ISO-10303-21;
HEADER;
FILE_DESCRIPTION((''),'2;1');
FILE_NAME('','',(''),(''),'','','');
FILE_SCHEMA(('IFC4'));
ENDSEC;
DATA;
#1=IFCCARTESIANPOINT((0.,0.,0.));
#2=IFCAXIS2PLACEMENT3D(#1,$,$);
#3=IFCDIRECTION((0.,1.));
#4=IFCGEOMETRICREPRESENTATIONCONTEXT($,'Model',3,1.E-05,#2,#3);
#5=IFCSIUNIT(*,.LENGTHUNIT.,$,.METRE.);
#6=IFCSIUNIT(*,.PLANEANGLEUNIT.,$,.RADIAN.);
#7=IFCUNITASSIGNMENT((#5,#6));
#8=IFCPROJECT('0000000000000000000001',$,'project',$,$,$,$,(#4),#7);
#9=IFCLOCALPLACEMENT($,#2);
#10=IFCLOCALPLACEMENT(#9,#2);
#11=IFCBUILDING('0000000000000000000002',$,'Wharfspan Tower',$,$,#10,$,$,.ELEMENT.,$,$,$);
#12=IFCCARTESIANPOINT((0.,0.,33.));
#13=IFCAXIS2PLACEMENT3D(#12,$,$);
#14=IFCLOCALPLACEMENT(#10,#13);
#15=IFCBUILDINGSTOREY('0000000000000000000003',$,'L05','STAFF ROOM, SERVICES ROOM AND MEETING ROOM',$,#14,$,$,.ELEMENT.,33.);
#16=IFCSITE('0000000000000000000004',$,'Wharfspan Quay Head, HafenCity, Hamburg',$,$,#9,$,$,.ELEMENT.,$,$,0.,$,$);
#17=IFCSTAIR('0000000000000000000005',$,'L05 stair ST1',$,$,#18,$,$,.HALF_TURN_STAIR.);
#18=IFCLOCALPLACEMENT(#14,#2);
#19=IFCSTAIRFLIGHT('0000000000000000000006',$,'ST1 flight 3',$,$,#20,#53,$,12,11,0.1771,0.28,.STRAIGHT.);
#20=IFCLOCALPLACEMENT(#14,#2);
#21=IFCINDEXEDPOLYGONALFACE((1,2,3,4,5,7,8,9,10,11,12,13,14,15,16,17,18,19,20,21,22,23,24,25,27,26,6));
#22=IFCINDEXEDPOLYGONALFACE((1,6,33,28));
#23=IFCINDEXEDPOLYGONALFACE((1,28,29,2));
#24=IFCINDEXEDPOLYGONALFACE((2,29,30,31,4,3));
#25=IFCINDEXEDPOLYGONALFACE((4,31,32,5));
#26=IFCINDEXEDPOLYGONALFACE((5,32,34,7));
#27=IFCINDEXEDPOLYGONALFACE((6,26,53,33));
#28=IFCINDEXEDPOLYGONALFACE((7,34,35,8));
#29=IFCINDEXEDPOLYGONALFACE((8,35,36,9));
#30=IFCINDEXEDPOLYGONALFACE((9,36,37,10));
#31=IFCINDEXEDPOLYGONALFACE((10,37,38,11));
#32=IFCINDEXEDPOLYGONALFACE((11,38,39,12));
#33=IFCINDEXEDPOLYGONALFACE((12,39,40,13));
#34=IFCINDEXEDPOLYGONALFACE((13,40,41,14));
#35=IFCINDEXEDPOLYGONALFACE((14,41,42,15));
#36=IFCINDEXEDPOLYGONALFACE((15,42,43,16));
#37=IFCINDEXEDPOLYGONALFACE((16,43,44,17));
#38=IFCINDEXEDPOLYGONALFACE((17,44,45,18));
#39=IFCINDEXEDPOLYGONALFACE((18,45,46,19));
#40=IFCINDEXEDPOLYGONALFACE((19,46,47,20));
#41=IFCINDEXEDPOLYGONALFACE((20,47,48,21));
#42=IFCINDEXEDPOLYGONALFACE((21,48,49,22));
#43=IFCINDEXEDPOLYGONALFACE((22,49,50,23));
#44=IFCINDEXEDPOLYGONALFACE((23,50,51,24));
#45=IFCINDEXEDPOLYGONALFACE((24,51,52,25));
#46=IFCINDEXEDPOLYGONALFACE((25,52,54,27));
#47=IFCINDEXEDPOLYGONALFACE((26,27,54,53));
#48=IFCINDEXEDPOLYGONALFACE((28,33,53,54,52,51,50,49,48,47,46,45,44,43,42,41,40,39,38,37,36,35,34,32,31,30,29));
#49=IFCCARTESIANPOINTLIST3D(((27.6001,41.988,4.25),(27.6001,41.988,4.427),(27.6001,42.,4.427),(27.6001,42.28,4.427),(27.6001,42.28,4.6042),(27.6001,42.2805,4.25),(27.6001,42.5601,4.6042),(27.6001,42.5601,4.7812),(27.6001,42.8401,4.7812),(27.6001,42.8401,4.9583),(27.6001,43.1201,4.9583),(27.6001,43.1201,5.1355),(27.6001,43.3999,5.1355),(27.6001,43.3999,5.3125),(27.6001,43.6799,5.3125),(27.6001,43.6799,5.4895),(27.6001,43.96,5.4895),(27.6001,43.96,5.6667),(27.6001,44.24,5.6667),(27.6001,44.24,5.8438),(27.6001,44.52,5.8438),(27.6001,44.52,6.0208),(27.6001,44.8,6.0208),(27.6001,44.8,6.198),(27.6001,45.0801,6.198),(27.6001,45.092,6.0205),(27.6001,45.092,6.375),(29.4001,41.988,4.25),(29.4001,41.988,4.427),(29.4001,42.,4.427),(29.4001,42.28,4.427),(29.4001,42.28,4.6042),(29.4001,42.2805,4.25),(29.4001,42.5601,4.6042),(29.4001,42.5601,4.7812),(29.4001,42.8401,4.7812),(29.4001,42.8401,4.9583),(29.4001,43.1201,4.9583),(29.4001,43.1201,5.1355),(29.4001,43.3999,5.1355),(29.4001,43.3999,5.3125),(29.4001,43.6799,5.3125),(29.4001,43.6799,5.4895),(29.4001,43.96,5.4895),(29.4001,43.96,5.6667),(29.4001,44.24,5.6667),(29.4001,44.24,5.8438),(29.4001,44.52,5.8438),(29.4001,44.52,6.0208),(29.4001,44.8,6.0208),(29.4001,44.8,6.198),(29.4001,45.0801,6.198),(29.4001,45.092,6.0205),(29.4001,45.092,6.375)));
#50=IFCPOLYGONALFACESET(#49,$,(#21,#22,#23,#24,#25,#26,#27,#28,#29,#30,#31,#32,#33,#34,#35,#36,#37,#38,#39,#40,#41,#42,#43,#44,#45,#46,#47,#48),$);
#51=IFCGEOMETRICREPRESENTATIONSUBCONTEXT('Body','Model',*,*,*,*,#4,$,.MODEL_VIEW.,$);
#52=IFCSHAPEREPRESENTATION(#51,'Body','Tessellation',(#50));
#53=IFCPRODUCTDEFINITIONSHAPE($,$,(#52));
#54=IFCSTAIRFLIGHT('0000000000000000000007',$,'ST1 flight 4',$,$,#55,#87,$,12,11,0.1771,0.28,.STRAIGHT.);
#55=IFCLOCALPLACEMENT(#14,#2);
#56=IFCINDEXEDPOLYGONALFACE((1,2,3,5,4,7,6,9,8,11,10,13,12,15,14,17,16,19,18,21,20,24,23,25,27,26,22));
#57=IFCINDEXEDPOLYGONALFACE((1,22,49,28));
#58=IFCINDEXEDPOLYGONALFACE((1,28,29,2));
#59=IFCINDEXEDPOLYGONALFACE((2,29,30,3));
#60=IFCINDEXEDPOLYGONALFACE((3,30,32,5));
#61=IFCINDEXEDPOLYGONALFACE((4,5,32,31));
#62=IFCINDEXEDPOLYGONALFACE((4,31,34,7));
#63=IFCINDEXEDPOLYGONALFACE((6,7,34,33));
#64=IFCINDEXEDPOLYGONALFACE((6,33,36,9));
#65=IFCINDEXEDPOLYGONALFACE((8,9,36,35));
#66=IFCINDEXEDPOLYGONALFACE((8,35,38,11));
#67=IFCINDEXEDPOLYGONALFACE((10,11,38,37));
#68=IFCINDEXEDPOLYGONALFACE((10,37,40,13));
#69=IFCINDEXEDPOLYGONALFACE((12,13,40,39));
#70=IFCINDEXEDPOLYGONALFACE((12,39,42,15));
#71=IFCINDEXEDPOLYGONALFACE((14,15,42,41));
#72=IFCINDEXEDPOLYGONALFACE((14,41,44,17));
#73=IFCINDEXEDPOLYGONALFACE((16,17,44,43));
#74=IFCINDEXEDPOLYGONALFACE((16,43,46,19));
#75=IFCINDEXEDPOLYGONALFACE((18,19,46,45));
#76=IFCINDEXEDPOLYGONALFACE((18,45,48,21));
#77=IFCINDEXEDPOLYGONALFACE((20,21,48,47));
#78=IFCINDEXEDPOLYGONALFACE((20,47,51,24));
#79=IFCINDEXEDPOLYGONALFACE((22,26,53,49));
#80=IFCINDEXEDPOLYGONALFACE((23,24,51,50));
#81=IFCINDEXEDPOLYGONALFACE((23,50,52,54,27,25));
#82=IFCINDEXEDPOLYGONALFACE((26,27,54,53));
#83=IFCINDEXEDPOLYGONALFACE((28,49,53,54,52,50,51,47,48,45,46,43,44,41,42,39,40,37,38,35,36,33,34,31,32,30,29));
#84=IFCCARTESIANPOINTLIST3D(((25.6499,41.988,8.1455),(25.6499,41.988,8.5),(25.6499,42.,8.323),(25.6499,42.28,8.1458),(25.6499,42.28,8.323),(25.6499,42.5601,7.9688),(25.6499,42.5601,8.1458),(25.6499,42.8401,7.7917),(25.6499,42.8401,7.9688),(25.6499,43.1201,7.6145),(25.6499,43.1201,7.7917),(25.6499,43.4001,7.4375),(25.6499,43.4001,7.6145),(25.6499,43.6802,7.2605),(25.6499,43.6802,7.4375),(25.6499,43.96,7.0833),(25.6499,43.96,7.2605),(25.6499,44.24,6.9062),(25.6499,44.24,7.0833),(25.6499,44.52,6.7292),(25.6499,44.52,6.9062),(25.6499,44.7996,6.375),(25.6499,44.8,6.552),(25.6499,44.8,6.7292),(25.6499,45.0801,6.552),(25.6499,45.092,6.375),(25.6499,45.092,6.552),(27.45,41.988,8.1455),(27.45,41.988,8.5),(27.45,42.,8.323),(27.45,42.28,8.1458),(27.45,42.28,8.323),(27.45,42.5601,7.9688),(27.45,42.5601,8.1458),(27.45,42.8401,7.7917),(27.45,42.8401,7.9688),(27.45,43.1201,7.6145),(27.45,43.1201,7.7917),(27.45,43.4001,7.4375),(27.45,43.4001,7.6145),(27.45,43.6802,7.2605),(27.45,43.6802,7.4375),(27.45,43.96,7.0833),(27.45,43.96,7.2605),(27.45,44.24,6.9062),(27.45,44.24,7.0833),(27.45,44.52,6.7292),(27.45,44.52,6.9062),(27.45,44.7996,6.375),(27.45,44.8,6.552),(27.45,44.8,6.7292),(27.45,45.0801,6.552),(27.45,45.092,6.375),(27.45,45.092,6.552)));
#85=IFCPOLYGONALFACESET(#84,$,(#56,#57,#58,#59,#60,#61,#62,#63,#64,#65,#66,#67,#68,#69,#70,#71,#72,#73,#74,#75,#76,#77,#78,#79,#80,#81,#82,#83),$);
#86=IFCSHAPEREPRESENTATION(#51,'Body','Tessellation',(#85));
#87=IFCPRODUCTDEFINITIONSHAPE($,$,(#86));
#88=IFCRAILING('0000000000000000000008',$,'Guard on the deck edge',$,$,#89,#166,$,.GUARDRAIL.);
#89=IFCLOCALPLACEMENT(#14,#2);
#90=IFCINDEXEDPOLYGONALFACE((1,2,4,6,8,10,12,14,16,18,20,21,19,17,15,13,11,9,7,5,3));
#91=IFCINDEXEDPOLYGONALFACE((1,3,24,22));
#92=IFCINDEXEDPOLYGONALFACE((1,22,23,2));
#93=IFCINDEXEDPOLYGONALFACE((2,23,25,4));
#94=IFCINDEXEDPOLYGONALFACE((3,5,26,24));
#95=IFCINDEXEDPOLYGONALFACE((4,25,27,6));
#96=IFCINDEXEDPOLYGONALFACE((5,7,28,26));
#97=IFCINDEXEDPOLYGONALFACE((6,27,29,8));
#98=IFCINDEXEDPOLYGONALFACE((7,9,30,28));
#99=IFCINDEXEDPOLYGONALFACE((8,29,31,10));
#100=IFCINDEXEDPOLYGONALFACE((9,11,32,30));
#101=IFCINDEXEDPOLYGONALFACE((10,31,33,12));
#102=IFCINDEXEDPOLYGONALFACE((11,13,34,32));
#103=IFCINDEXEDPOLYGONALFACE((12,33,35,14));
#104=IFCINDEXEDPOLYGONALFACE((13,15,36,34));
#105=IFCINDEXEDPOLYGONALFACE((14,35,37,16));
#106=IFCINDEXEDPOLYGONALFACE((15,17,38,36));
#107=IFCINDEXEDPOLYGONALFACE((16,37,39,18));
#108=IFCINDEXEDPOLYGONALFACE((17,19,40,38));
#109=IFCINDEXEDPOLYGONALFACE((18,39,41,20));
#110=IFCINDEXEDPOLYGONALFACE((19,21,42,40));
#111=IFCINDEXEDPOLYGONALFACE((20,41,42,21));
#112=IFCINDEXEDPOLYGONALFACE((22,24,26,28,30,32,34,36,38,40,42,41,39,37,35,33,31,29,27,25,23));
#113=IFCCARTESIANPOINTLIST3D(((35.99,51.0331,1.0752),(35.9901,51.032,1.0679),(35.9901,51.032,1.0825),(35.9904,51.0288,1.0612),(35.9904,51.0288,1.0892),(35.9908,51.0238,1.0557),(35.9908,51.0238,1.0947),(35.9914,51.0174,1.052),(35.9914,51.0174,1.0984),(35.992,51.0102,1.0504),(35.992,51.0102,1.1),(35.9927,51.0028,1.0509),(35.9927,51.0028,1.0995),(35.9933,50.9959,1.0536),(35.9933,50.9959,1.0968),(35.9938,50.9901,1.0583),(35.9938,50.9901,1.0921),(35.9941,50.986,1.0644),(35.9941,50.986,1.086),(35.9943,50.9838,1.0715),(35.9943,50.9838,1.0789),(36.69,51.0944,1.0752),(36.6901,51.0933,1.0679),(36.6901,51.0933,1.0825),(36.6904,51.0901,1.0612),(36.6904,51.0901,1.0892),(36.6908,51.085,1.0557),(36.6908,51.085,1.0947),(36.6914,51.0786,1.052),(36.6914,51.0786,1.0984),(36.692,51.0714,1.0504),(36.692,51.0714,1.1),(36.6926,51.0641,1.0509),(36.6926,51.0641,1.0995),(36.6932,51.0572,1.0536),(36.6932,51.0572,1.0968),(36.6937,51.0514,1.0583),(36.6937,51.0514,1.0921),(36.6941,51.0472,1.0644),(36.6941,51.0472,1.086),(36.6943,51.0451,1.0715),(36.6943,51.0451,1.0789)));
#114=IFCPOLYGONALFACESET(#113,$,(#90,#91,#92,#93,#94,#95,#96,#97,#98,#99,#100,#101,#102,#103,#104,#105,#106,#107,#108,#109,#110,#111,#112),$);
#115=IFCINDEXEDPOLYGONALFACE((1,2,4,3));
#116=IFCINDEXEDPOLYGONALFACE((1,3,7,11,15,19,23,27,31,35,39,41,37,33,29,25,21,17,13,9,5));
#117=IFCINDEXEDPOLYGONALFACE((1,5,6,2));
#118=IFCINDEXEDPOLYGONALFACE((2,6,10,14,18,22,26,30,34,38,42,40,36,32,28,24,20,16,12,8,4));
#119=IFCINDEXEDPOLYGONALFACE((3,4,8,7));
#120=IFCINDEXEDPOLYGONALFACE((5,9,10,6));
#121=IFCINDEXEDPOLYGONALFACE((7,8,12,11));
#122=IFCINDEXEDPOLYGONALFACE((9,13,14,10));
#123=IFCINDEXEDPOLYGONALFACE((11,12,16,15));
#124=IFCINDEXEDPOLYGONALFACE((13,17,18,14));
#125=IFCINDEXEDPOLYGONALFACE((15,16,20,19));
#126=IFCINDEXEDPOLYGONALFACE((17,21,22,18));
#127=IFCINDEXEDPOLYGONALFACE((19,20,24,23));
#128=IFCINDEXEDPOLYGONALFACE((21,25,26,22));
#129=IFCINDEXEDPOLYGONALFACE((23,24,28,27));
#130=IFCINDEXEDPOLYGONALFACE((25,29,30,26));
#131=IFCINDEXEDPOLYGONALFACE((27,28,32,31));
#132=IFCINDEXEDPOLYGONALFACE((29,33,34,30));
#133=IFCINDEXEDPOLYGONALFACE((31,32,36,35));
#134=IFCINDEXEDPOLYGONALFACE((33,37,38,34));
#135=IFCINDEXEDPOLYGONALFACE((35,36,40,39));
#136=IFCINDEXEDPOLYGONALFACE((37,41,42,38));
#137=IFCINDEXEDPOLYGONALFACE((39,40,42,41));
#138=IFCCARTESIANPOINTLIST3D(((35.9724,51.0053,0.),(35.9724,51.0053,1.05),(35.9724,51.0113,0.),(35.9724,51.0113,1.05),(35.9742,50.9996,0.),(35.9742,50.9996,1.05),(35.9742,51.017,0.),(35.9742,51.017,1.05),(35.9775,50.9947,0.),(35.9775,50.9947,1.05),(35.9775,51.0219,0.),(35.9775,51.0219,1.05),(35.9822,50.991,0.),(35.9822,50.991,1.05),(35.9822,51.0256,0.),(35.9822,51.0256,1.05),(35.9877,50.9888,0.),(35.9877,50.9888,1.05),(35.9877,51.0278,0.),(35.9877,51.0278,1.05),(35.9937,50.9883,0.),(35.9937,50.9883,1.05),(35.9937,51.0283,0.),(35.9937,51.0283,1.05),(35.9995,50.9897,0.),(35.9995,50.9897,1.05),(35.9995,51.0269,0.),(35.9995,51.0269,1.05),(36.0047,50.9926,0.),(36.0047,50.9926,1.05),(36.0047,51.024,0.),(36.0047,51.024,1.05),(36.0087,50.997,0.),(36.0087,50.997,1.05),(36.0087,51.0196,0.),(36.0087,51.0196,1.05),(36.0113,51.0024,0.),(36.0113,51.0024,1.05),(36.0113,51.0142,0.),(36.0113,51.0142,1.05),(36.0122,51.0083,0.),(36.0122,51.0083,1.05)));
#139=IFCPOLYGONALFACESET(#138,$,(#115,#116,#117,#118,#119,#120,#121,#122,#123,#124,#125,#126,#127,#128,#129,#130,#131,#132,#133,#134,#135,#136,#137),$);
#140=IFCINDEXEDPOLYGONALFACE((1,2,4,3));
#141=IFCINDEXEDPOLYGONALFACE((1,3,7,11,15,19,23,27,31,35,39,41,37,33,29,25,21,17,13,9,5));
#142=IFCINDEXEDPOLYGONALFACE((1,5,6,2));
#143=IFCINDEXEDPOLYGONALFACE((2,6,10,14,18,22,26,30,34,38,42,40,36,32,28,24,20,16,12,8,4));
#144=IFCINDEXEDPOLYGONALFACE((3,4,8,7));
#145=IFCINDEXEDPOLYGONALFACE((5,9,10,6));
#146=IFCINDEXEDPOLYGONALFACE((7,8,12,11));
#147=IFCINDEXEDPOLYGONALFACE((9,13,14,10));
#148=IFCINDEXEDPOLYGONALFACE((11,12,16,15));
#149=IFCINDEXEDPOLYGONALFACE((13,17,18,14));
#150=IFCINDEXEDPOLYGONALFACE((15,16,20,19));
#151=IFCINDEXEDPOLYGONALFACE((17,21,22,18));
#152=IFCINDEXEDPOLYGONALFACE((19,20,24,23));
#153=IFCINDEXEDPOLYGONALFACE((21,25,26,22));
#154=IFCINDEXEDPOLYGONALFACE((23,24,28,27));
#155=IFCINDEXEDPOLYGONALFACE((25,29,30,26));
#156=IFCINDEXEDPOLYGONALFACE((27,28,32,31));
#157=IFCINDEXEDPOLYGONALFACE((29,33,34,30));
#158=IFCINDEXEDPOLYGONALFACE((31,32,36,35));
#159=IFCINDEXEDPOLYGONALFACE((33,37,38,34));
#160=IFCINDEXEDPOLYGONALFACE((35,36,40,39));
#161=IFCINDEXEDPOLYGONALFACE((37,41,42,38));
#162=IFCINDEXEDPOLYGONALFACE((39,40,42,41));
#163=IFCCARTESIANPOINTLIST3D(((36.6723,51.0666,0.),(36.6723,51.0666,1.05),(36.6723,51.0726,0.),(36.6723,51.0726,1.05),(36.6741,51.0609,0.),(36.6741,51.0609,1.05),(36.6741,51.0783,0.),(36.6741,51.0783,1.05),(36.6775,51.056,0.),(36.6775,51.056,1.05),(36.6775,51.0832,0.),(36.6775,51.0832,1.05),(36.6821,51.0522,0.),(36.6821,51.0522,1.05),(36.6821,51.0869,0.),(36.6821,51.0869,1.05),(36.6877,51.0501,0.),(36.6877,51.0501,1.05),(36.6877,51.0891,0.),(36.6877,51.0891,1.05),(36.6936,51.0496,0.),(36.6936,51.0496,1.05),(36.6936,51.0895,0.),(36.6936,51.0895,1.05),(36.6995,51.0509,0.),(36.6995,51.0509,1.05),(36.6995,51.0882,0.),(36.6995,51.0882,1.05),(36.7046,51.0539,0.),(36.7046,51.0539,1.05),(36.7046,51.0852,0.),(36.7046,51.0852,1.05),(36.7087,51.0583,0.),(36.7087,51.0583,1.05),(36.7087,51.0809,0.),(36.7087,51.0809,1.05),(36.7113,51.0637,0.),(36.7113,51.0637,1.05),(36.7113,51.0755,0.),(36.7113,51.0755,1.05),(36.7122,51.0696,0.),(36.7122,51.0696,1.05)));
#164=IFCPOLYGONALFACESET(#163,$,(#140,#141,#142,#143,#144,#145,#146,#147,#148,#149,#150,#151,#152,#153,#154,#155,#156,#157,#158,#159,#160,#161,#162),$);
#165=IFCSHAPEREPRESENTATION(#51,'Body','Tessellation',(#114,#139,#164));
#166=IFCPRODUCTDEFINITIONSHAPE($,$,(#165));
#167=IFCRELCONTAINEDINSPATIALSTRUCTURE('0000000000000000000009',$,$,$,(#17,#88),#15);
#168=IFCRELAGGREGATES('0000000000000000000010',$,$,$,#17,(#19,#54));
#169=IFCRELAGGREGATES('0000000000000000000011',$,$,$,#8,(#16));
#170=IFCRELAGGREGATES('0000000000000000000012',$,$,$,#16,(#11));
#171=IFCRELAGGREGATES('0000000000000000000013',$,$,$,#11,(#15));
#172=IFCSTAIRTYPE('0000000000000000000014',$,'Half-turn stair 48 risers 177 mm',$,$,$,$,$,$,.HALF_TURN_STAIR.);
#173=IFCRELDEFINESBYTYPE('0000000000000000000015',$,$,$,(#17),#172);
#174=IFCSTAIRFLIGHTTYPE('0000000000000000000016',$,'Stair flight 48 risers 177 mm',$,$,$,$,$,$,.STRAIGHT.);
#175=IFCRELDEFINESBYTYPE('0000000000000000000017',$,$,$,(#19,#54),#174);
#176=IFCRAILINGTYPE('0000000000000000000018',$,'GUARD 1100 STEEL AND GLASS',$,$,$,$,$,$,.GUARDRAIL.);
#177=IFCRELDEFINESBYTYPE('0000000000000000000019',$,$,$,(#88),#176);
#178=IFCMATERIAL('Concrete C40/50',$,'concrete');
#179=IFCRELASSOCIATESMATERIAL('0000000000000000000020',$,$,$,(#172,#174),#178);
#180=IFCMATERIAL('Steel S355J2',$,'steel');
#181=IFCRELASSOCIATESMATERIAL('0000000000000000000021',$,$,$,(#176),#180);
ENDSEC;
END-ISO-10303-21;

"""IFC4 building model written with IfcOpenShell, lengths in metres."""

from ifc_helpers import new_model, si_unit, direction, frame, origin, origin_2d, place, context, subcontext, project, spatial, polyline, circle, outline, extrude, material, type_object, element, aggregate, save


model = new_model("IFC4")

# Units and contexts
model_context = context("Model", 3, precision=1e-05, world=origin(), true_north=direction((0.0, 1.0)))
body_context = subcontext(model_context, "Body", "Model", "MODEL_VIEW")
ifc_project = project(units=[si_unit("LENGTHUNIT", "METRE"), si_unit("PLANEANGLEUNIT", "RADIAN")], contexts=[model_context])

# Site, building, storey
site_placement = place(None, origin())
site = spatial("IfcSite", under=ifc_project, at=site_placement, Name="Wharfspan Quay Head, HafenCity, Hamburg", CompositionType="ELEMENT", RefElevation=0.0)
building_placement = place(site_placement, origin())
building = spatial("IfcBuilding", under=site, at=building_placement, Name="Wharfspan Tower", CompositionType="ELEMENT")
storey_placement = place(building_placement, frame((0.0, 0.0, 33.0)))
storey = spatial("IfcBuildingStorey", under=building, at=storey_placement, Name="L05", Description="STAFF ROOM, SERVICES ROOM AND MEETING ROOM", CompositionType="ELEMENT", Elevation=33.0)

# Shared definitions
ifc_material_1 = material(Name="Concrete C40/50", Category="concrete")

# Stair, stair flights
stair_type = type_object("IfcStairType", Name="Half-turn stair 48 risers 177 mm", PredefinedType="HALF_TURN_STAIR", material=ifc_material_1)
stair_placement = place(storey_placement, origin())
stair = element("IfcStair", 1, at=stair_placement, inside=storey, type_object=stair_type, Name="L05 stair ST1", PredefinedType="HALF_TURN_STAIR")
stair_flight_type = type_object("IfcStairFlightType", Name="Stair flight 48 risers 177 mm", PredefinedType="STRAIGHT", material=ifc_material_1)
stair_flight_1_placement = place(storey_placement, frame((28.5, 42.0, 4.25), z_axis=(0.0, 0.0, 1.0), x_axis=(0.0, 1.0, 0.0)))
stair_flight_1 = element("IfcStairFlight", 2, at=stair_flight_1_placement, type_object=stair_flight_type, Name="ST1 flight 3", NumberOfRisers=12, NumberOfTreads=11, PredefinedType="STRAIGHT", RiserHeight=0.1771, TreadLength=0.28, context=body_context, shape_type="SweptSolid", body=[
    extrude(outline(polyline([(-0.012, 0.0), (-0.012, 0.177), (0.0, 0.177), (0.28, 0.177), (0.28, 0.3542), (0.5601, 0.3542), (0.5601, 0.5312), (0.8401, 0.5312), (0.8401, 0.7083), (1.1201, 0.7083), (1.1201, 0.8855), (1.3999, 0.8855), (1.3999, 1.0625), (1.6799, 1.0625), (1.6799, 1.2395), (1.96, 1.2395), (1.96, 1.4167), (2.24, 1.4167), (2.24, 1.5938), (2.52, 1.5938), (2.52, 1.7708), (2.8, 1.7708), (2.8, 1.948), (3.0801, 1.948), (3.092, 2.125), (3.092, 1.7705), (0.2805, 0.0), (-0.012, 0.0)])), frame((0.0, 0.8999, 0.0), z_axis=(0.0, -1.0, 0.0), x_axis=(1.0, 0.0, 0.0)), (0.0, 0.0, 1.0), 1.8),
])
stair_flight_2_placement = place(storey_placement, frame((26.55, 45.0801, 6.375), z_axis=(0.0, 0.0, 1.0), x_axis=(0.0, -1.0, 0.0)))
stair_flight_2 = element("IfcStairFlight", 3, at=stair_flight_2_placement, type_object=stair_flight_type, Name="ST1 flight 4", NumberOfRisers=12, NumberOfTreads=11, PredefinedType="STRAIGHT", RiserHeight=0.1771, TreadLength=0.28, context=body_context, shape_type="SweptSolid", body=[
    extrude(outline(polyline([(-0.012, 0.0), (-0.012, 0.177), (0.0, 0.177), (0.28, 0.177), (0.28, 0.3542), (0.5601, 0.3542), (0.5601, 0.5312), (0.8401, 0.5312), (0.8401, 0.7083), (1.1201, 0.7083), (1.1201, 0.8855), (1.3999, 0.8855), (1.3999, 1.0625), (1.6799, 1.0625), (1.6799, 1.2395), (1.96, 1.2395), (1.96, 1.4167), (2.24, 1.4167), (2.24, 1.5938), (2.52, 1.5938), (2.52, 1.7708), (2.8, 1.7708), (2.8, 1.948), (3.0801, 1.948), (3.092, 2.125), (3.092, 1.7705), (0.2805, 0.0), (-0.012, 0.0)])), frame((0.0, 0.8999, 0.0), z_axis=(0.0, -1.0, 0.0), x_axis=(1.0, 0.0, 0.0)), (0.0, 0.0, 1.0), 1.8),
])
aggregate(stair, [stair_flight_1, stair_flight_2])

# Railing
ifc_material_2 = material(Name="Steel S355J2", Category="steel")
railing_type_1 = type_object("IfcRailingType", Name="GUARD 1100 STEEL AND GLASS", PredefinedType="GUARDRAIL", material=ifc_material_2)
railing_1_placement = place(storey_placement, frame((35.9922, 51.0083, 0.0)))
element("IfcRailing", 4, at=railing_1_placement, inside=storey, type_object=railing_type_1, Name="Guard on the deck edge", PredefinedType="GUARDRAIL", context=body_context, shape_type="SweptSolid", body=[
    extrude(circle(Radius=0.0249, at=origin_2d()), frame((0.0, 0.0, 1.0752), z_axis=(0.99619, 0.087214, 0.0), x_axis=(-0.087214, 0.99619, 0.0)), (0.0, 0.0, 1.0), 0.7026),
    extrude(circle(Radius=0.02, at=origin_2d()), origin(), (0.0, 0.0, 1.0), 1.05),
    extrude(circle(Radius=0.02, at=origin_2d()), frame((0.7, 0.0613, 0.0)), (0.0, 0.0, 1.0), 1.05),
])

save(model, "model.ifc")
